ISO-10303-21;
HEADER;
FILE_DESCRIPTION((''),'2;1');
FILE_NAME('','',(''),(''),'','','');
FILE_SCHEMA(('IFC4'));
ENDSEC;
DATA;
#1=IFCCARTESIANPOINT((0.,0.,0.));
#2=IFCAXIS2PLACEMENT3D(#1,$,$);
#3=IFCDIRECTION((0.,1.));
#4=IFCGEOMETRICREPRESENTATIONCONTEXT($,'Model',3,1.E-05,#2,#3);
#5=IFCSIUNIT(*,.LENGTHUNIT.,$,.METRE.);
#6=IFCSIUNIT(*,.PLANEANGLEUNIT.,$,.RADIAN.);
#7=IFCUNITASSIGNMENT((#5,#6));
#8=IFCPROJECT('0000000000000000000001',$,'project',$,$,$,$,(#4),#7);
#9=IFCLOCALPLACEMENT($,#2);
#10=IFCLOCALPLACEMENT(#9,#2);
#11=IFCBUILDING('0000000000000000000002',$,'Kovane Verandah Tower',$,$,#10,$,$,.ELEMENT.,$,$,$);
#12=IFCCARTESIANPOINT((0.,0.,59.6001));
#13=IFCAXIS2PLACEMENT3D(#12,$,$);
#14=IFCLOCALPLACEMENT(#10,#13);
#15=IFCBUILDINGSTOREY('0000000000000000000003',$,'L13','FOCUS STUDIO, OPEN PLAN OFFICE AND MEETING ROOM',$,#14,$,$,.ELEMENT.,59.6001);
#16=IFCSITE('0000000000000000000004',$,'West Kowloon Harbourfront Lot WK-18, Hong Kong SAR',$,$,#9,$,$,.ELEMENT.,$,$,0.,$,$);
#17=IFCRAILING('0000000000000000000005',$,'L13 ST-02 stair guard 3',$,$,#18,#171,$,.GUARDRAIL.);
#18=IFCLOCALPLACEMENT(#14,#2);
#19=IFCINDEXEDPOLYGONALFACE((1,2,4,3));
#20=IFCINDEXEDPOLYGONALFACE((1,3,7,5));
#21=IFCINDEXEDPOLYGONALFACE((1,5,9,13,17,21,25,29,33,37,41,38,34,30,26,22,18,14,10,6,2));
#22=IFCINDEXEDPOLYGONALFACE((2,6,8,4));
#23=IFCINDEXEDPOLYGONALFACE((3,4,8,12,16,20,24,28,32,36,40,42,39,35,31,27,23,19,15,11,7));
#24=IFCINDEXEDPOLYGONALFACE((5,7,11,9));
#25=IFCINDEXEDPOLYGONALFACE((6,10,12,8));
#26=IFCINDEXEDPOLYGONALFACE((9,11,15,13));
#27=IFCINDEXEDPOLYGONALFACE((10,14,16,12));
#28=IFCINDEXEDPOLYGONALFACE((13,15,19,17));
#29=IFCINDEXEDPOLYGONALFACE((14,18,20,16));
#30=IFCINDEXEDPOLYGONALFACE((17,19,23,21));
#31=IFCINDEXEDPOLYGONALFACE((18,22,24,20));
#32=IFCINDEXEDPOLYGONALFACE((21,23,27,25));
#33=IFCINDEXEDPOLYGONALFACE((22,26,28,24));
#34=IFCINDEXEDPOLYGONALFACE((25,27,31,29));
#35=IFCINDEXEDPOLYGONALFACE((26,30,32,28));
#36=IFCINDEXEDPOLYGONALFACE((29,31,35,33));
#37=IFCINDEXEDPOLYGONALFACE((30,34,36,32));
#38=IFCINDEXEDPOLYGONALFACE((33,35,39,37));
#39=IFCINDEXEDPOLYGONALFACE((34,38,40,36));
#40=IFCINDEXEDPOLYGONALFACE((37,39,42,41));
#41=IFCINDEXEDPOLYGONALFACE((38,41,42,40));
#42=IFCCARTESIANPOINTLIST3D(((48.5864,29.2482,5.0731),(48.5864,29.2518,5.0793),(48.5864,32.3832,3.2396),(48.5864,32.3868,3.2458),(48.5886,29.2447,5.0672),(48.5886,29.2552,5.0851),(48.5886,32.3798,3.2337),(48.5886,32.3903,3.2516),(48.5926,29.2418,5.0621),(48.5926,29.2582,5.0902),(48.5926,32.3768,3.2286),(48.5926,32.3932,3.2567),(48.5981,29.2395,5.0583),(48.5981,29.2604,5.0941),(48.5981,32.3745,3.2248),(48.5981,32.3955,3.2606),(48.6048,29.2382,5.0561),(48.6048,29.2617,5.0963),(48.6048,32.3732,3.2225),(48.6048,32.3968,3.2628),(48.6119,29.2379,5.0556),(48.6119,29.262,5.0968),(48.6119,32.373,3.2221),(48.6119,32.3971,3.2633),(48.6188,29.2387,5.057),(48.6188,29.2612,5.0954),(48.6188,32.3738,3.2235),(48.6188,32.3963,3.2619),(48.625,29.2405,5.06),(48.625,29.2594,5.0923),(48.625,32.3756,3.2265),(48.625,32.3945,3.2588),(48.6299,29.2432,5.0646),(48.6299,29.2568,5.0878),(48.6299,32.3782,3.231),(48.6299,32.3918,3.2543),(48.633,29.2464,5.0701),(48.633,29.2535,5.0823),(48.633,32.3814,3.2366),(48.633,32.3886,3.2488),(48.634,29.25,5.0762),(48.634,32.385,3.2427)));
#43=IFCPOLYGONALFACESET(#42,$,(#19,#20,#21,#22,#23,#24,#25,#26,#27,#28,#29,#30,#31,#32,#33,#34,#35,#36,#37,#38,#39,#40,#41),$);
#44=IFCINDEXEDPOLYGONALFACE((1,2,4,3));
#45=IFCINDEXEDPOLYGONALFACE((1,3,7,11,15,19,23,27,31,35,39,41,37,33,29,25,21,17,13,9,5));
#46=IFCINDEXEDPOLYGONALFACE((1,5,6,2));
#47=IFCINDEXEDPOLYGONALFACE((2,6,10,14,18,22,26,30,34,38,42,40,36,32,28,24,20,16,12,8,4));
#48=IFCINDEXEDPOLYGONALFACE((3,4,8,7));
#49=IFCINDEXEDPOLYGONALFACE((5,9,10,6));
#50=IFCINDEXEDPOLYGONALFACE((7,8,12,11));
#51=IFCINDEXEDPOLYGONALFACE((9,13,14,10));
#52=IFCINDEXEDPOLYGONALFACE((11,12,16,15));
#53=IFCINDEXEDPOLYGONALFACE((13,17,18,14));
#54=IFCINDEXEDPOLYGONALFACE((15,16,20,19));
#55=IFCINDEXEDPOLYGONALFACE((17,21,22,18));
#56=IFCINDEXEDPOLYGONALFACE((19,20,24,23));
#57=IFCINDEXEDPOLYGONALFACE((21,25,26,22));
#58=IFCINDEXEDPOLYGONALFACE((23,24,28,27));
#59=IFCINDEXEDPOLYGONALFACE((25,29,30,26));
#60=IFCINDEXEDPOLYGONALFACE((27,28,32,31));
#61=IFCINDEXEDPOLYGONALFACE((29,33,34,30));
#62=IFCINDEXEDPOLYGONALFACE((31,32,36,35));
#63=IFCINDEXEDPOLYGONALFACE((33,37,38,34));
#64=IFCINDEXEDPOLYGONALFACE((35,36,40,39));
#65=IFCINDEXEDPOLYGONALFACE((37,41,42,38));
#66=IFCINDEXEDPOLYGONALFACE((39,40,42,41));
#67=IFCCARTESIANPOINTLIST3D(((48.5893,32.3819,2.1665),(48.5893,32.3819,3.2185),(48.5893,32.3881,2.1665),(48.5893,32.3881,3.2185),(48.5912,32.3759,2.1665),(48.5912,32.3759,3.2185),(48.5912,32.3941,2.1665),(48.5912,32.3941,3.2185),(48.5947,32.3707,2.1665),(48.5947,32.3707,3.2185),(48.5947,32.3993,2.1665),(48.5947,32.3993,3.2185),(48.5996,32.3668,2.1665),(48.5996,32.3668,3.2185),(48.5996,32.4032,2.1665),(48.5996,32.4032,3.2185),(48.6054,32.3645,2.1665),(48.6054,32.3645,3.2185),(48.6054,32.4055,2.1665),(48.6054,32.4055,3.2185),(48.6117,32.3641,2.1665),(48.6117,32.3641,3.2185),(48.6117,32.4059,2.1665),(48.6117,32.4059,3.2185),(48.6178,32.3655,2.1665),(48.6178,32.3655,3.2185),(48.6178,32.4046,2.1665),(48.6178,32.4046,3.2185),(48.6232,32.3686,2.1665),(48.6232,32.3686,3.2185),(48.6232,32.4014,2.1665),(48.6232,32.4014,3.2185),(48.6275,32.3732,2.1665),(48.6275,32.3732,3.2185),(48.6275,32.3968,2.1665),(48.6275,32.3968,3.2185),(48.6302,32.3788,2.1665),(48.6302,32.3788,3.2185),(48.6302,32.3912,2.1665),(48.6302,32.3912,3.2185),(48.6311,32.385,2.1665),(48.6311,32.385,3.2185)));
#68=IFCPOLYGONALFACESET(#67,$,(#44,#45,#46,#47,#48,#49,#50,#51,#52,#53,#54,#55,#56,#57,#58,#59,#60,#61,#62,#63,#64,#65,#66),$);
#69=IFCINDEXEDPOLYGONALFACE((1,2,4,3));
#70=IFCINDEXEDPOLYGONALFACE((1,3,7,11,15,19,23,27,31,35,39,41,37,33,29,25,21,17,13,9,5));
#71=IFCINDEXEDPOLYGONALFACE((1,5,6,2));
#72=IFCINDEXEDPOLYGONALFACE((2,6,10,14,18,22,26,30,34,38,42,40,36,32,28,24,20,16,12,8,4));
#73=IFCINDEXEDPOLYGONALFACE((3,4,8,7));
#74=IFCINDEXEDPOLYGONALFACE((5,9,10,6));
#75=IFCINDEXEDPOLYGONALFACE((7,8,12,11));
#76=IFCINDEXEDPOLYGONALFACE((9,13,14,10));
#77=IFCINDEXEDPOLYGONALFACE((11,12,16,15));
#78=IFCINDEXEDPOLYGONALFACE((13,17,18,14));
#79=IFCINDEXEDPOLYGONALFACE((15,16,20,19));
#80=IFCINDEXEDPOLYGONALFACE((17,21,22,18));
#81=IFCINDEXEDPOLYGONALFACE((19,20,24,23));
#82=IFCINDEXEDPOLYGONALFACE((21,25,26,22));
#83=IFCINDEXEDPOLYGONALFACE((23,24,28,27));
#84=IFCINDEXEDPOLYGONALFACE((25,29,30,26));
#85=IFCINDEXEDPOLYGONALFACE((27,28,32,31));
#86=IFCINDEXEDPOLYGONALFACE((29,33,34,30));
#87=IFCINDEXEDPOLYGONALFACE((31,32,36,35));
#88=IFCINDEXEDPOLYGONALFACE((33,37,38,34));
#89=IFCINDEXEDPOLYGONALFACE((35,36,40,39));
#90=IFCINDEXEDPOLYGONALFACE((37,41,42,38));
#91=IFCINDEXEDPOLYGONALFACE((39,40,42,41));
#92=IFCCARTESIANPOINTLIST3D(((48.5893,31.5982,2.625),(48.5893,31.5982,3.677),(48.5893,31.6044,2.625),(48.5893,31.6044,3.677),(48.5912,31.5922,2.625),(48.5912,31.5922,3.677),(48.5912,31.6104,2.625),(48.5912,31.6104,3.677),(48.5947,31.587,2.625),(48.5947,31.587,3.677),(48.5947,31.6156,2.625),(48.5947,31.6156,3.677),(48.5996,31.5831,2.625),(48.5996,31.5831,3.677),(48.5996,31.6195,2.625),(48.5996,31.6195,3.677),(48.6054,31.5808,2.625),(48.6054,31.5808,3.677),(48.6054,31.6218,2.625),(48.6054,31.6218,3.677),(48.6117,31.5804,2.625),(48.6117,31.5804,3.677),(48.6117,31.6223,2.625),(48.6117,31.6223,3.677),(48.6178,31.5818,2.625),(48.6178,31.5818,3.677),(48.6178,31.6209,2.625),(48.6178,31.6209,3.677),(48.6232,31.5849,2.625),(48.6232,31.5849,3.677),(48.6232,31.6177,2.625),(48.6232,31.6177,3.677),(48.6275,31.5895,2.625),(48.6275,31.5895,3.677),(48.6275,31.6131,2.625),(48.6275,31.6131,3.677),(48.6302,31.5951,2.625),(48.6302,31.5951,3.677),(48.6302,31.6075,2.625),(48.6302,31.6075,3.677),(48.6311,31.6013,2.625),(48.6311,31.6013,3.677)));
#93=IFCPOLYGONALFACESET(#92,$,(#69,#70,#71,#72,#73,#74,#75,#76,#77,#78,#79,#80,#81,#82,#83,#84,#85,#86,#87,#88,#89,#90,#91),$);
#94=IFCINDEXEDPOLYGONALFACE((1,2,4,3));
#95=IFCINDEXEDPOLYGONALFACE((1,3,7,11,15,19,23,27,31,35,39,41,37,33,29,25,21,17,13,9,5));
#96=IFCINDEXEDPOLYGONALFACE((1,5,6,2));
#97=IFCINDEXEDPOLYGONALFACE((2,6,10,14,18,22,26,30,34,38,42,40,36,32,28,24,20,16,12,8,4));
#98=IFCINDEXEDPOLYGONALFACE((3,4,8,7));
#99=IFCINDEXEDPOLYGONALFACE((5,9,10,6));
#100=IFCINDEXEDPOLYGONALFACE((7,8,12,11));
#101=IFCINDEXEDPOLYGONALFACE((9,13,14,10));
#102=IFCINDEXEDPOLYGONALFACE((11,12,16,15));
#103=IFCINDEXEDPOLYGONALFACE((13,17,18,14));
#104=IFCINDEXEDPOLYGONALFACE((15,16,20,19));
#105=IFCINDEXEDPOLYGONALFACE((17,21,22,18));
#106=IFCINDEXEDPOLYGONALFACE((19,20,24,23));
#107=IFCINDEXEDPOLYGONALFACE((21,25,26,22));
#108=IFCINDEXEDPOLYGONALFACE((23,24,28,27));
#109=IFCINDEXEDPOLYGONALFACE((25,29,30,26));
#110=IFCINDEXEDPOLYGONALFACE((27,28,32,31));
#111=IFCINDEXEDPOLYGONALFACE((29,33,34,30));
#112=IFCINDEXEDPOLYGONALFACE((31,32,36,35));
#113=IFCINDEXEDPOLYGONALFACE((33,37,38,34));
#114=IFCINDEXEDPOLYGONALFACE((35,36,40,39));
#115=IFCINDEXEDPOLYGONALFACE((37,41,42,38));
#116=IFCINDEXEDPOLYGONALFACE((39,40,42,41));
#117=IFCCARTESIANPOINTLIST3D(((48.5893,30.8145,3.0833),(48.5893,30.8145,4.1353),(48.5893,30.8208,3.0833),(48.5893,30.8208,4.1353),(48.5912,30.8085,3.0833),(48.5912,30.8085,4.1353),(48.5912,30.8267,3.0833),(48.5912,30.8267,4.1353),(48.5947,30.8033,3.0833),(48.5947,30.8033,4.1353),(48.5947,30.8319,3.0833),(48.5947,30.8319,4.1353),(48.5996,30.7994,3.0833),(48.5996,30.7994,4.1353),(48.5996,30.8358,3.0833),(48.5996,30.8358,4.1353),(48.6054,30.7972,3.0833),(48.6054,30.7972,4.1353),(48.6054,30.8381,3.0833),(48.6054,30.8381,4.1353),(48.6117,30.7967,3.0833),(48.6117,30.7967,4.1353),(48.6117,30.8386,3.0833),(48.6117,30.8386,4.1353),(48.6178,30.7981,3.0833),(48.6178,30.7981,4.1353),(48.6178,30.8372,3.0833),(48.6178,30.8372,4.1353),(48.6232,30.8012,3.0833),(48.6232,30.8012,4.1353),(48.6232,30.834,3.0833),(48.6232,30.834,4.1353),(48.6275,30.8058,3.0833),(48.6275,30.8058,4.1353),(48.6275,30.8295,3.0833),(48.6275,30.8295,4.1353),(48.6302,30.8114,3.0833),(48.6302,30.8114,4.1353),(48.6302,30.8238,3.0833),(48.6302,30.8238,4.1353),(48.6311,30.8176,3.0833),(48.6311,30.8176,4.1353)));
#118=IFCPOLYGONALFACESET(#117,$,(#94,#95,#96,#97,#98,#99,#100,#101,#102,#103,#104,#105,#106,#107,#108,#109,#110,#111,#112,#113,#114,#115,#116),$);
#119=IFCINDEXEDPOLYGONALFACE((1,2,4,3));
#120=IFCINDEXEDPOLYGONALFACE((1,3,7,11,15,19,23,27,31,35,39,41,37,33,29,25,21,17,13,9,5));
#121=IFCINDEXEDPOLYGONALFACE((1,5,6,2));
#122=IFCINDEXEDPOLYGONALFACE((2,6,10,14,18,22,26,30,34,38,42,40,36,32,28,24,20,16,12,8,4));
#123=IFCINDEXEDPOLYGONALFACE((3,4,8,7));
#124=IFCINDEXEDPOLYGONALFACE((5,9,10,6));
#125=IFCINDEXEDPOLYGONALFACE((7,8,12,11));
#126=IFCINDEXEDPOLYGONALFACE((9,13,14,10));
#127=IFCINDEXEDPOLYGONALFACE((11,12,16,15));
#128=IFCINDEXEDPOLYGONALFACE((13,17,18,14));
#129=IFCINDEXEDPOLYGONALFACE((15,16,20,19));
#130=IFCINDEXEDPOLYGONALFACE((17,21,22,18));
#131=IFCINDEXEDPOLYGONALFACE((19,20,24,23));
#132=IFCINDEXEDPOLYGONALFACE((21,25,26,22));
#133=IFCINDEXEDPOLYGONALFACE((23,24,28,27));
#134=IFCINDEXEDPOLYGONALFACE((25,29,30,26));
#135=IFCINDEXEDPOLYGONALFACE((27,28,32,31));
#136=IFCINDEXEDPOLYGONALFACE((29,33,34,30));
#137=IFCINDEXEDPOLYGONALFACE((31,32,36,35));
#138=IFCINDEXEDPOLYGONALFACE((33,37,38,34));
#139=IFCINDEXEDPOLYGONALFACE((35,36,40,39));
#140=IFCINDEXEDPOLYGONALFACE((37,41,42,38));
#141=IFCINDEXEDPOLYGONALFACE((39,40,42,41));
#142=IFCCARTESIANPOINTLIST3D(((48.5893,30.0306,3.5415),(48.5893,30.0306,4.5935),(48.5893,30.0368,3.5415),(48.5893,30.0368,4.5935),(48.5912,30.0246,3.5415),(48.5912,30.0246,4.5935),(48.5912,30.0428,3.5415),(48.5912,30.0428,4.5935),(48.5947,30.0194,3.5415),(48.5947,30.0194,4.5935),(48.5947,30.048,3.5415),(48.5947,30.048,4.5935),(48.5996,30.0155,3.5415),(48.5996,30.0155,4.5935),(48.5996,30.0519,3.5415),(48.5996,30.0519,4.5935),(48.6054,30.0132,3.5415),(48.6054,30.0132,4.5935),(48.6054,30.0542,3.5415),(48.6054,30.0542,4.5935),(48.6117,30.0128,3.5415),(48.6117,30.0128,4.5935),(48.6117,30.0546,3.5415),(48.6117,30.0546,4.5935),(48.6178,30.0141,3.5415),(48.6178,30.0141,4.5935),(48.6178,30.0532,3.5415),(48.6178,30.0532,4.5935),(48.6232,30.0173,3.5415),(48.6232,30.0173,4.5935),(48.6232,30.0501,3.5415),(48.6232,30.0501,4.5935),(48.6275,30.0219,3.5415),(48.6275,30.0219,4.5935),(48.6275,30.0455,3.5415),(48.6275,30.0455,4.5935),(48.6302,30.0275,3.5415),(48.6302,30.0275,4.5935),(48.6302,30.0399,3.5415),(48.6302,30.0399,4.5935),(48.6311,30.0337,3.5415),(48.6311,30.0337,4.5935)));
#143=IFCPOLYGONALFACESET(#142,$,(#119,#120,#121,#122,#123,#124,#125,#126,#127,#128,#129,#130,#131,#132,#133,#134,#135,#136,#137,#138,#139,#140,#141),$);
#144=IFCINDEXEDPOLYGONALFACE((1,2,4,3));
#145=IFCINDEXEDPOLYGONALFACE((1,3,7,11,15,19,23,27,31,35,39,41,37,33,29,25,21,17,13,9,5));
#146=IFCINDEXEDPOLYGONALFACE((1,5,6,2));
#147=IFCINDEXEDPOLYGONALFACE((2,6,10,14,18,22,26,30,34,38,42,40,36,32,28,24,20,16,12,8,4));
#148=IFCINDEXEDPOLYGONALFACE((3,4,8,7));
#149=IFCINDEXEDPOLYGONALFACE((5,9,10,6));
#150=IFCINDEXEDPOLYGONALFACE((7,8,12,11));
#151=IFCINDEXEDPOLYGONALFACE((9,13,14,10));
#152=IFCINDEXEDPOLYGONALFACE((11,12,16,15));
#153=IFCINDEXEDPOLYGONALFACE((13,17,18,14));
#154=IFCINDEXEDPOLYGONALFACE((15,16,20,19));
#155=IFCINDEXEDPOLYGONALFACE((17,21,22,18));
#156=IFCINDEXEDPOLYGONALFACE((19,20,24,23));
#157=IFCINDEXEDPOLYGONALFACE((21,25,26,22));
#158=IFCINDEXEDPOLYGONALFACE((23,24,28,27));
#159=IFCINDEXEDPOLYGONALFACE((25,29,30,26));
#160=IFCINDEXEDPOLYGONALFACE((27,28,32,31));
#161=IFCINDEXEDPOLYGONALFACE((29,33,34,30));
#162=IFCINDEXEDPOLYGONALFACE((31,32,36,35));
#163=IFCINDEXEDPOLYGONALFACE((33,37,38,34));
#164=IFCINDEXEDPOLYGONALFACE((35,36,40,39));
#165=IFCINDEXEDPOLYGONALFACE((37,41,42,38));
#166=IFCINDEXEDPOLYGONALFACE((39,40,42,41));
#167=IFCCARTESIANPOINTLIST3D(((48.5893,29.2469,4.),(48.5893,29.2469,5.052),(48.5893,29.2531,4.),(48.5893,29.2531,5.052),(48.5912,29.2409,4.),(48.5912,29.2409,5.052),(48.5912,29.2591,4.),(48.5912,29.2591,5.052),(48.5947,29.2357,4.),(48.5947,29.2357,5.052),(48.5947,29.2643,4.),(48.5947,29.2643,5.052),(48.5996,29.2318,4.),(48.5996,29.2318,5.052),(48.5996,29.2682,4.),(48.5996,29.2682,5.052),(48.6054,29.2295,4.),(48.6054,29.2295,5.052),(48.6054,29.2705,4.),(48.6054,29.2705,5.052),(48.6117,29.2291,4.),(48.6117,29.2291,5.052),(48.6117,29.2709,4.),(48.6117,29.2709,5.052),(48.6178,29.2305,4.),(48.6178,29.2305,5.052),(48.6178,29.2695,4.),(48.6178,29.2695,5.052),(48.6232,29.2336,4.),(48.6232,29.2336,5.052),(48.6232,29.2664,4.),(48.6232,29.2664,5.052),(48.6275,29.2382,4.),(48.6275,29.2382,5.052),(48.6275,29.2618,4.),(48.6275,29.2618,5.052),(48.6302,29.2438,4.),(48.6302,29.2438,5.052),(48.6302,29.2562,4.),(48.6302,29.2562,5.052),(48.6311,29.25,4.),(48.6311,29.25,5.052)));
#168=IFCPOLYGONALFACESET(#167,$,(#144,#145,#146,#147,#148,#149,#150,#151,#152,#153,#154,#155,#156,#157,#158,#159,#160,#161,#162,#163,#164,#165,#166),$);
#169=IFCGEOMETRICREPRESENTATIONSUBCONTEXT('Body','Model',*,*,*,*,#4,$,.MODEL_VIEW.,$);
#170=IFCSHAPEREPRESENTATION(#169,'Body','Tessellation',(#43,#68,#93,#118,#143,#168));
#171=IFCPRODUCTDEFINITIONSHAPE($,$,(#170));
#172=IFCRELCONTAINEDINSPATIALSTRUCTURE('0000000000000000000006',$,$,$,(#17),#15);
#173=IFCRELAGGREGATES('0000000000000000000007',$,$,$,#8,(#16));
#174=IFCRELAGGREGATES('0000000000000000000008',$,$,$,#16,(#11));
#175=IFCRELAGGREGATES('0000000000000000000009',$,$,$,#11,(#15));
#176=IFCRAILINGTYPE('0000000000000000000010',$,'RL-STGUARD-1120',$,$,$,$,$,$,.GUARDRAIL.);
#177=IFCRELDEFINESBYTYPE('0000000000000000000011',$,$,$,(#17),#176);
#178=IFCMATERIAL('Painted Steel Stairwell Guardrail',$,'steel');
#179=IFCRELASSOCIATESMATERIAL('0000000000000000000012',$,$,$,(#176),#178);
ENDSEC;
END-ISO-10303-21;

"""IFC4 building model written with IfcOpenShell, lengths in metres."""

from ifc_helpers import new_model, si_unit, direction, frame, origin, origin_2d, place, context, subcontext, project, spatial, circle, extrude, material, type_object, element, save


model = new_model("IFC4")

# Units and contexts
model_context = context("Model", 3, precision=1e-05, world=origin(), true_north=direction((0.0, 1.0)))
body_context = subcontext(model_context, "Body", "Model", "MODEL_VIEW")
ifc_project = project(units=[si_unit("LENGTHUNIT", "METRE"), si_unit("PLANEANGLEUNIT", "RADIAN")], contexts=[model_context])

# Site, building, storey
site_placement = place(None, origin())
site = spatial("IfcSite", under=ifc_project, at=site_placement, Name="West Kowloon Harbourfront Lot WK-18, Hong Kong SAR", CompositionType="ELEMENT", RefElevation=0.0)
building_placement = place(site_placement, origin())
building = spatial("IfcBuilding", under=site, at=building_placement, Name="Kovane Verandah Tower", CompositionType="ELEMENT")
storey_placement = place(building_placement, frame((0.0, 0.0, 59.6001)))
storey = spatial("IfcBuildingStorey", under=building, at=storey_placement, Name="L13", Description="FOCUS STUDIO, OPEN PLAN OFFICE AND MEETING ROOM", CompositionType="ELEMENT", Elevation=59.6001)

# Railing
ifc_material_1 = material(Name="Painted Steel Stairwell Guardrail", Category="steel")
railing_type_1 = type_object("IfcRailingType", Name="RL-STGUARD-1120", PredefinedType="GUARDRAIL", material=ifc_material_1)
railing_1_placement = place(storey_placement, frame((48.6101, 32.385, 2.1665)))
element("IfcRailing", 1, at=railing_1_placement, inside=storey, type_object=railing_type_1, Name="L13 ST-02 stair guard 3", PredefinedType="GUARDRAIL", context=body_context, shape_type="SweptSolid", body=[
    extrude(circle(Radius=0.0239, at=origin_2d()), frame((0.0, 0.0, 1.0762), z_axis=(0.0, -0.86321, 0.504845), x_axis=(1.0, 0.0, 0.0)), (0.0, 0.0, 1.0), 3.6318),
    extrude(circle(Radius=0.021, at=origin_2d()), origin(), (0.0, 0.0, 1.0), 1.052),
    extrude(circle(Radius=0.021, at=origin_2d()), frame((0.0, -0.7837, 0.4585)), (0.0, 0.0, 1.0), 1.052),
    extrude(circle(Radius=0.021, at=origin_2d()), frame((0.0, -1.5674, 0.9167)), (0.0, 0.0, 1.0), 1.052),
    extrude(circle(Radius=0.021, at=origin_2d()), frame((0.0, -2.3513, 1.375)), (0.0, 0.0, 1.0), 1.052),
    extrude(circle(Radius=0.021, at=origin_2d()), frame((0.0, -3.135, 1.8335)), (0.0, 0.0, 1.0), 1.052),
])

save(model, "model.ifc")
